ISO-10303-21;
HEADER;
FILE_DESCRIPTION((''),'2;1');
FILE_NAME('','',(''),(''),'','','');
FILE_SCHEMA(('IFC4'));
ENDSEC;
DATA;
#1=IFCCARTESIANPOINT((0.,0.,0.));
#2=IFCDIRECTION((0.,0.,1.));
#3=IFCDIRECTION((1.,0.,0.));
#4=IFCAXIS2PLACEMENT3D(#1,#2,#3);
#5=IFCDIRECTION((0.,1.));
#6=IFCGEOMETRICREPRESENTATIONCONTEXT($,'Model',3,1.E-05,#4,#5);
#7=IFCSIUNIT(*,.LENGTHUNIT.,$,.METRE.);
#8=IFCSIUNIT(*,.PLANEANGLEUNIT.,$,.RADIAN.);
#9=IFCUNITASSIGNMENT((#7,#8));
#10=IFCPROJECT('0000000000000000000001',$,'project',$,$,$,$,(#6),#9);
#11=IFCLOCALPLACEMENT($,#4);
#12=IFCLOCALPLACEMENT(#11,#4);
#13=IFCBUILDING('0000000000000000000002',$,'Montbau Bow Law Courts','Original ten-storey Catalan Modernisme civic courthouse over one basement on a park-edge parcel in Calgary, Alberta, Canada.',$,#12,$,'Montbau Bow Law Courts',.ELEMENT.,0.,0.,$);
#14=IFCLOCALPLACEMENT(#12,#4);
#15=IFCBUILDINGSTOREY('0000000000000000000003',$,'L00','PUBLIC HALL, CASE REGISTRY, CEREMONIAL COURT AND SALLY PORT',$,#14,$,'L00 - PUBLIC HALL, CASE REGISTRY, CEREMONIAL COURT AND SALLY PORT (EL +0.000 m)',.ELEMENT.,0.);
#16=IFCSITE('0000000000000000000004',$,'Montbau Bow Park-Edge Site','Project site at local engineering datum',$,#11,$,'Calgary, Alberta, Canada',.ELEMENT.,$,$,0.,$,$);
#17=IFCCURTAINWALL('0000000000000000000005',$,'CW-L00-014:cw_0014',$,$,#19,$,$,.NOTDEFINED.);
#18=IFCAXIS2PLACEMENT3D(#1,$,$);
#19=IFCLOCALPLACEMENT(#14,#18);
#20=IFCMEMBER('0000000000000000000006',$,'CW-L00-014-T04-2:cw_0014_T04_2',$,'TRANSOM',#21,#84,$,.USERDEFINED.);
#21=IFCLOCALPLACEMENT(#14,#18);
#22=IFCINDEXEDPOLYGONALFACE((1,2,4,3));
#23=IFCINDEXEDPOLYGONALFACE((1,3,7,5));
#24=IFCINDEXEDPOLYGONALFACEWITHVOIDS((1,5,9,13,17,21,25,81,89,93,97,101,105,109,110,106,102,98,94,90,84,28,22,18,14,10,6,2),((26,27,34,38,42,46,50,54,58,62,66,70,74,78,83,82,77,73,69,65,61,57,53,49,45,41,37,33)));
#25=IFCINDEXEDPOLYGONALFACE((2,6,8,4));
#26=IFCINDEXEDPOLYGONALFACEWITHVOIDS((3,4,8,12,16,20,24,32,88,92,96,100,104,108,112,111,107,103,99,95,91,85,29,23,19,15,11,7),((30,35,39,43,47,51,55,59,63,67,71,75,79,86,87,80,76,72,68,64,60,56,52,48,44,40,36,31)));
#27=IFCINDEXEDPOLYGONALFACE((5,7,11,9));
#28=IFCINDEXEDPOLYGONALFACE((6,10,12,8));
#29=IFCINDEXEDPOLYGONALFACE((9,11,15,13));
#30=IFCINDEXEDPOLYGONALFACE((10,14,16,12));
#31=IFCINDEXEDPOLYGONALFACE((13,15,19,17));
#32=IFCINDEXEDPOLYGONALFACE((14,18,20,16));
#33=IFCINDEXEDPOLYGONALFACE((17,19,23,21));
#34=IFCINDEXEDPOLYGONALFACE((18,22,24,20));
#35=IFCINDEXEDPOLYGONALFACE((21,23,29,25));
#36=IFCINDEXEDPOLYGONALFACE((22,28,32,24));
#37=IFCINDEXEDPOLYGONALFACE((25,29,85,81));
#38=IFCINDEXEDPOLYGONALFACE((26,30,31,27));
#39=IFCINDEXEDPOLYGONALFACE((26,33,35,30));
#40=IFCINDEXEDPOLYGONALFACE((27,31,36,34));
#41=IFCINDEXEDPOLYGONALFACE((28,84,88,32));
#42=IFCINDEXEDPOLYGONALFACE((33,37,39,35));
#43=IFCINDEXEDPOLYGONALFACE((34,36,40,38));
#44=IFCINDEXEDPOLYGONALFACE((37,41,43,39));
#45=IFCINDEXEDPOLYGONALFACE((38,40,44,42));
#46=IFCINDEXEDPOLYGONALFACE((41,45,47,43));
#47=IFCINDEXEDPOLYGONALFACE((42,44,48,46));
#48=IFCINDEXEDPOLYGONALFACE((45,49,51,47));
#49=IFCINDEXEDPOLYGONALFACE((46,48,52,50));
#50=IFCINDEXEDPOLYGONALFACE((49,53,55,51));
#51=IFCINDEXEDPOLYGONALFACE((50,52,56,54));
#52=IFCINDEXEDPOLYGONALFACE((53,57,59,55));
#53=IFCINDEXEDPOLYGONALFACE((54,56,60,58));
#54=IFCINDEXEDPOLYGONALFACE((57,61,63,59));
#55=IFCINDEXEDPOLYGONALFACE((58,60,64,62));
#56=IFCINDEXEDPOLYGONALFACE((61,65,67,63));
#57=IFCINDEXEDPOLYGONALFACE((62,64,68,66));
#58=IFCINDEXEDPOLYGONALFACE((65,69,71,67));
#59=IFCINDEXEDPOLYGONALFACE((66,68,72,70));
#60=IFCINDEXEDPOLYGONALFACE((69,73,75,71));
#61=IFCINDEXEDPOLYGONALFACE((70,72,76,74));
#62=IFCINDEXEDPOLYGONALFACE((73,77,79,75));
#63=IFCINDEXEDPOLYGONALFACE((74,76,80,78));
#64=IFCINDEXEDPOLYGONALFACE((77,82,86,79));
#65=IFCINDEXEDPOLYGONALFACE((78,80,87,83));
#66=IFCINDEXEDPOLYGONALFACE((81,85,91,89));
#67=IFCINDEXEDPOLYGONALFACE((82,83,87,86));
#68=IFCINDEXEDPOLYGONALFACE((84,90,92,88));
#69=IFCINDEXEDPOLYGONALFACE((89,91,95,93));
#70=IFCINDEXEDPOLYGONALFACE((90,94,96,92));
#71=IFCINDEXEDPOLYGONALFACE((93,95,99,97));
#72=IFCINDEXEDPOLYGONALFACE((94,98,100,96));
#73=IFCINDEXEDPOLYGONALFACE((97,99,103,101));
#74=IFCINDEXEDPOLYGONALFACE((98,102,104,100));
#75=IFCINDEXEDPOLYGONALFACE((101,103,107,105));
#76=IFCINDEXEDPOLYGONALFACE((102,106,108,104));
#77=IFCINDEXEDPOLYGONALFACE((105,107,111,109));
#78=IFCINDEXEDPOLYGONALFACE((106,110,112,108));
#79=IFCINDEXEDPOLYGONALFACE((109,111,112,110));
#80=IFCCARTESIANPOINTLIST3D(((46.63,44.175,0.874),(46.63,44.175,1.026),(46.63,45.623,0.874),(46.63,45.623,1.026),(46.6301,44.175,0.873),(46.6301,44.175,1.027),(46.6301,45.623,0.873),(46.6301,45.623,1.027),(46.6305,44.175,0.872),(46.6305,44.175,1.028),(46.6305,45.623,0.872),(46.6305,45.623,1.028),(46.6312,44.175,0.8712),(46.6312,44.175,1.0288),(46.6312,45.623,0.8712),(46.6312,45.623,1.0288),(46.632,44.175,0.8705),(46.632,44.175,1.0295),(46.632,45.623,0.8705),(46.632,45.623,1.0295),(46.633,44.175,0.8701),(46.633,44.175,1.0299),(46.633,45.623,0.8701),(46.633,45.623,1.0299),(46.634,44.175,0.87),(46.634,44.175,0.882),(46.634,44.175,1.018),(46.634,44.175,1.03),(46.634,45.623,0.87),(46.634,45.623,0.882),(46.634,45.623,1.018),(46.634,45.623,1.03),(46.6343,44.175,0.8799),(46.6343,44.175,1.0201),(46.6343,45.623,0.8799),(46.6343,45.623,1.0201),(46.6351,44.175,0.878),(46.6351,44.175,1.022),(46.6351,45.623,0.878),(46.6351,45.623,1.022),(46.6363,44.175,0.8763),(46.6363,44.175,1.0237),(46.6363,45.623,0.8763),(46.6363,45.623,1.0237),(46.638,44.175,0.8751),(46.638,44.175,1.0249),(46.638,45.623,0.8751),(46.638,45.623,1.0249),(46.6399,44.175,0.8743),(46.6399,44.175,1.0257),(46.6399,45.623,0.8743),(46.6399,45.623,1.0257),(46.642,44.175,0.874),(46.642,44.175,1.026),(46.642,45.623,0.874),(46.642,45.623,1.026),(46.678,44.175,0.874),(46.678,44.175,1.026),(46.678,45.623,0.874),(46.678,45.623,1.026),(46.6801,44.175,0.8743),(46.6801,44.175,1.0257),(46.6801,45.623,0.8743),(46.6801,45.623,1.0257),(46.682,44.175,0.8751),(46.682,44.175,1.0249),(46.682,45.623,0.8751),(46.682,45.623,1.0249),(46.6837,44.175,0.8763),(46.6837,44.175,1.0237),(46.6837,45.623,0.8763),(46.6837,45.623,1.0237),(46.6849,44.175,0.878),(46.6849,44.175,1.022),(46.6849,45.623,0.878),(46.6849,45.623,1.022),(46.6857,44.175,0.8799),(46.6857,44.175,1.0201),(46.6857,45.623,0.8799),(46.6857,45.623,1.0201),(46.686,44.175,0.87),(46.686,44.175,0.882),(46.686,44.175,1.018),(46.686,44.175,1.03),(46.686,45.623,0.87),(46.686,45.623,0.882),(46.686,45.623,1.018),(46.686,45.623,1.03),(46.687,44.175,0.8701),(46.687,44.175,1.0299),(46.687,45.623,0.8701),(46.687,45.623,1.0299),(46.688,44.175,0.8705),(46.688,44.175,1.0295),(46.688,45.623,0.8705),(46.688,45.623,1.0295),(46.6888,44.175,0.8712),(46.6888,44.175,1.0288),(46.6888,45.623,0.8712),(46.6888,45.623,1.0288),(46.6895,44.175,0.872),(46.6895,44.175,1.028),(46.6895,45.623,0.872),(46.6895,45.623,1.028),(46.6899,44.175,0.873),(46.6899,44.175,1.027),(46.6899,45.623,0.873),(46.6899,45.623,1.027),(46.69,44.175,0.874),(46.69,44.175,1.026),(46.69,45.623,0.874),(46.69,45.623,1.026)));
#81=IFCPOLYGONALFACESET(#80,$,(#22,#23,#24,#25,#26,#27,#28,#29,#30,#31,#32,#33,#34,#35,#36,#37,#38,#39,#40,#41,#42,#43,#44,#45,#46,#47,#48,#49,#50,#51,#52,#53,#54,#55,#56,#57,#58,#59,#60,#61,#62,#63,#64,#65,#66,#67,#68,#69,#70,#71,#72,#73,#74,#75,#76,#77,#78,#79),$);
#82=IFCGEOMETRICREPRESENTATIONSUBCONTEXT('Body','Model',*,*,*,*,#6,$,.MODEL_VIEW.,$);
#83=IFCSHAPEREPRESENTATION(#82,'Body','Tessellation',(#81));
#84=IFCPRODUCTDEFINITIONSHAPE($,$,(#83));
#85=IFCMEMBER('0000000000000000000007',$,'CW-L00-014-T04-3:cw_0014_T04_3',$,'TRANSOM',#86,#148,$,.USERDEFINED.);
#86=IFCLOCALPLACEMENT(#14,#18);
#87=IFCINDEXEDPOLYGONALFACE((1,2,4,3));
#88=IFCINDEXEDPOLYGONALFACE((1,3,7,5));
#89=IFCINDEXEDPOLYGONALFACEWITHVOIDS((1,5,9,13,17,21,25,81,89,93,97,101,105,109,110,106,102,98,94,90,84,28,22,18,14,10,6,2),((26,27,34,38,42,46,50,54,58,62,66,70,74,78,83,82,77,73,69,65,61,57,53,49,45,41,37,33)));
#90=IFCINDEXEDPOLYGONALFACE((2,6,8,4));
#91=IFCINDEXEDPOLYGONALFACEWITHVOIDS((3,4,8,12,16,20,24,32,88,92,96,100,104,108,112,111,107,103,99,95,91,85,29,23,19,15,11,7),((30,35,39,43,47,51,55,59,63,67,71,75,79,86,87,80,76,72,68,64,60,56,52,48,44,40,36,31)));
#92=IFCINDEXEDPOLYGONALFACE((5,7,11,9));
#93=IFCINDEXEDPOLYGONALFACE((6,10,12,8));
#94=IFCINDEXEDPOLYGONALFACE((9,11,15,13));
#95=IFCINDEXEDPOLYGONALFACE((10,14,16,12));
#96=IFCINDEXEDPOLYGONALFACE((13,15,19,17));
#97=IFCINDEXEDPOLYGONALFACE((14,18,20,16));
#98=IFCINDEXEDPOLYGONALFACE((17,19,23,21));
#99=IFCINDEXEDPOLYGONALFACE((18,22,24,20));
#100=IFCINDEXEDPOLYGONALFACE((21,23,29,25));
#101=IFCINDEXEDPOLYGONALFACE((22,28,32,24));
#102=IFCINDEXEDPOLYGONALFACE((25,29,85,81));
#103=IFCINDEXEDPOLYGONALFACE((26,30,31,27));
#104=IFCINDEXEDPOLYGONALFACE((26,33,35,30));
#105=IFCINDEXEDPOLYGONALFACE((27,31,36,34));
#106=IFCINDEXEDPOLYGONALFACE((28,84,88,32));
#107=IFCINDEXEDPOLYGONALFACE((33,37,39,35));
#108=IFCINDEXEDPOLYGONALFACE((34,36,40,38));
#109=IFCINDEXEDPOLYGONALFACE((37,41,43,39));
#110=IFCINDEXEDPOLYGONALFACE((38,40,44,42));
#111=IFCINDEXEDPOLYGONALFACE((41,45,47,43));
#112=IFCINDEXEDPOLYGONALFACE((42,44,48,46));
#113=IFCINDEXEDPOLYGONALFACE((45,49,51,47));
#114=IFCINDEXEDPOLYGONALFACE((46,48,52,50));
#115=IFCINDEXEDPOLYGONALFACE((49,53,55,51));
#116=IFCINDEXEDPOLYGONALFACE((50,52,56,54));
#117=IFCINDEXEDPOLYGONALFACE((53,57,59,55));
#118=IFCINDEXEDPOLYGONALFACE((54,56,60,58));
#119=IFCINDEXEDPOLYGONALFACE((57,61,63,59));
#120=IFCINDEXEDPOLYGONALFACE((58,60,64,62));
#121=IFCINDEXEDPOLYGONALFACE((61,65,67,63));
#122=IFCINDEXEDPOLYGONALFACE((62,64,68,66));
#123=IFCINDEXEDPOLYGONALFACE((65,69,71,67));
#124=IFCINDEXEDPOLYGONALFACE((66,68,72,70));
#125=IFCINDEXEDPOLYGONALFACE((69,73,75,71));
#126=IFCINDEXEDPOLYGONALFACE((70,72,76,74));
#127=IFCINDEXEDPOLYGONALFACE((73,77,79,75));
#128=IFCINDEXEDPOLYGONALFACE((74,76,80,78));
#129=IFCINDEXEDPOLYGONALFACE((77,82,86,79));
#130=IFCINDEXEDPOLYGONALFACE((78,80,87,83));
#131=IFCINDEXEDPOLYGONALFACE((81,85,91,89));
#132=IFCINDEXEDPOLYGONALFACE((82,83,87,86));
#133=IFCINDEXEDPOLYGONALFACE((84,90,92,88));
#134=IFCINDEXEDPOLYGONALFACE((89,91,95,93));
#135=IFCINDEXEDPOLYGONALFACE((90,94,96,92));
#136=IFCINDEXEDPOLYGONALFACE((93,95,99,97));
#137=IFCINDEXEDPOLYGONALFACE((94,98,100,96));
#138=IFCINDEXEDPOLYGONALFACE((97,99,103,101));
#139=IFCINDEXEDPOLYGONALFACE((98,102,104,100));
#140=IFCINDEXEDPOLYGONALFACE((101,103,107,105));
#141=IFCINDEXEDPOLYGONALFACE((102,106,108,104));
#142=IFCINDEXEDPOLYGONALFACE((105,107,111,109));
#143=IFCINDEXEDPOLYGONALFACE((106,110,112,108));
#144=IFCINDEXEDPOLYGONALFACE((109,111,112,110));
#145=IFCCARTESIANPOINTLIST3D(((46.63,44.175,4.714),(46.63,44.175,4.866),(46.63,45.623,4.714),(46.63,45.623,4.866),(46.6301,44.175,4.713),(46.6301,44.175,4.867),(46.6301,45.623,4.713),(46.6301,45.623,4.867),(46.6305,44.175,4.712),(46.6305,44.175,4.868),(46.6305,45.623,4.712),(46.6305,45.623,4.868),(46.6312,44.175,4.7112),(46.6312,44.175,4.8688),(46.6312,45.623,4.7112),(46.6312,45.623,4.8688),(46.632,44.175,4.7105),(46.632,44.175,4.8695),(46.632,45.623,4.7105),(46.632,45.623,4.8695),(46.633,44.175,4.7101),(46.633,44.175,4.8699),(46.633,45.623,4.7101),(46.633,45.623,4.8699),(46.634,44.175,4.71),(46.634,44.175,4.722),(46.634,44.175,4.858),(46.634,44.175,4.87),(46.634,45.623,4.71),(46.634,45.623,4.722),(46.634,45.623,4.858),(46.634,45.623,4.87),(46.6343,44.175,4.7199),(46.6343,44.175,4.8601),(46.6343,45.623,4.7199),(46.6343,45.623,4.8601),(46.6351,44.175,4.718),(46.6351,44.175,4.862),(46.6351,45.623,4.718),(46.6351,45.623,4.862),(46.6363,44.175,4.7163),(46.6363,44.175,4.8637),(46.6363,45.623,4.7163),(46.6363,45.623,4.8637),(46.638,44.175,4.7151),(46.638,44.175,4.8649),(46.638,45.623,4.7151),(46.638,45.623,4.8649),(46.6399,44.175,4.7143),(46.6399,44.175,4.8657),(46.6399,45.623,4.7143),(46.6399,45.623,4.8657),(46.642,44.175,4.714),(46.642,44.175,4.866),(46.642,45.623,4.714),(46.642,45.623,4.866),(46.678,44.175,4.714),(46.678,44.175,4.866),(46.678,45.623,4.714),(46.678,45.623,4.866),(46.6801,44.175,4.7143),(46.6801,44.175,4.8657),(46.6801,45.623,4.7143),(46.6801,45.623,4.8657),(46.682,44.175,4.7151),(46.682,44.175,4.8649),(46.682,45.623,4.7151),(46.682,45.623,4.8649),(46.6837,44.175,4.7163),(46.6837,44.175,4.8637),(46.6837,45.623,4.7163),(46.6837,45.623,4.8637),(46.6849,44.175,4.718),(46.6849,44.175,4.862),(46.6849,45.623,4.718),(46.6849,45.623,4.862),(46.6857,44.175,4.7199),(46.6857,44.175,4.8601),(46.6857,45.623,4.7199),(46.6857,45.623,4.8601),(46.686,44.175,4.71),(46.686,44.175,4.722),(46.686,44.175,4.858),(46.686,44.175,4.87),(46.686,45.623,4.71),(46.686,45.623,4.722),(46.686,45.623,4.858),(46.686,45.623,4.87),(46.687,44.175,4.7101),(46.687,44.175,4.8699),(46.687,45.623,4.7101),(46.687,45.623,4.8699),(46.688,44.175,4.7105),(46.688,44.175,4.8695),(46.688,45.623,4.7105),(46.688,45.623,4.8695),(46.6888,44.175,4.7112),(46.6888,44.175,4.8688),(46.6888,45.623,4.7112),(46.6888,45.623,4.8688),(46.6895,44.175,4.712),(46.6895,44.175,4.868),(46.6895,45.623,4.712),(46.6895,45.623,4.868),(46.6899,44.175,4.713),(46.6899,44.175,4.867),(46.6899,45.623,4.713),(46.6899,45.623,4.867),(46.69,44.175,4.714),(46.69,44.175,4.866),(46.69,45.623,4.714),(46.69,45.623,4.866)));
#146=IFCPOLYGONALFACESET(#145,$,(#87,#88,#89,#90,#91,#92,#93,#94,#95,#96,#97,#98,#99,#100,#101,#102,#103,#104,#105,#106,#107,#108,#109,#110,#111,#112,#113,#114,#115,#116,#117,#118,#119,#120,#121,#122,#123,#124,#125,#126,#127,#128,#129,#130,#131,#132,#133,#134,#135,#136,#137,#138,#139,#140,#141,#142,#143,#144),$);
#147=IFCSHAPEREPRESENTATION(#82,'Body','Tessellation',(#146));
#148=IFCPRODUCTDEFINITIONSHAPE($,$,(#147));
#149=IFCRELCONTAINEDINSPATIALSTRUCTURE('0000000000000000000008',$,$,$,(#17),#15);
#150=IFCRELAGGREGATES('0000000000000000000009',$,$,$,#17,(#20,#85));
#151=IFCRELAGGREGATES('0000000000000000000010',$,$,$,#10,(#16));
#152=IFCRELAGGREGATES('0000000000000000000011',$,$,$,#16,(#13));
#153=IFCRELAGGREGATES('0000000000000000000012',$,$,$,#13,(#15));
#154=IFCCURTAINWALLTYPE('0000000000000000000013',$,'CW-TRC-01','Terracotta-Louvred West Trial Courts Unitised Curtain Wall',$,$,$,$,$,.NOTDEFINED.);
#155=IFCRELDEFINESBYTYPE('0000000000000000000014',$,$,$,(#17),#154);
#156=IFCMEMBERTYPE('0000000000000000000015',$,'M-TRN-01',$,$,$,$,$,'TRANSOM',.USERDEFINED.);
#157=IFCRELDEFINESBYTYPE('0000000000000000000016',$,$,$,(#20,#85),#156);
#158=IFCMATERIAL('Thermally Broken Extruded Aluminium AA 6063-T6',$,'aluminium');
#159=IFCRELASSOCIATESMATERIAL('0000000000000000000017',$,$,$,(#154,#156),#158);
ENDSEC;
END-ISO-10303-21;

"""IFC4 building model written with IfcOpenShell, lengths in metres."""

from ifc_helpers import new_model, si_unit, direction, frame, origin_with_axes, origin_2d_with_axis, place, context, subcontext, project, spatial, hollow_rectangle, extrude, material, material_profile, profile_set, type_object, element, aggregate, save


model = new_model("IFC4")

# Units and contexts
model_context = context("Model", 3, precision=1e-05, world=origin_with_axes(), true_north=direction((0.0, 1.0)))
body_context = subcontext(model_context, "Body", "Model", "MODEL_VIEW")
ifc_project = project(units=[si_unit("LENGTHUNIT", "METRE"), si_unit("PLANEANGLEUNIT", "RADIAN")], contexts=[model_context])

# Site, building, storey
site_placement = place(None, origin_with_axes())
site = spatial("IfcSite", under=ifc_project, at=site_placement, Name="Montbau Bow Park-Edge Site", Description="Project site at local engineering datum", LongName="Calgary, Alberta, Canada", CompositionType="ELEMENT", RefElevation=0.0)
building_placement = place(site_placement, origin_with_axes())
building = spatial("IfcBuilding", under=site, at=building_placement, Name="Montbau Bow Law Courts", Description="Original ten-storey Catalan Modernisme civic courthouse over one basement on a park-edge parcel in Calgary, Alberta, Canada.", LongName="Montbau Bow Law Courts", CompositionType="ELEMENT", ElevationOfRefHeight=0.0, ElevationOfTerrain=0.0)
storey_placement = place(building_placement, origin_with_axes())
storey = spatial("IfcBuildingStorey", under=building, at=storey_placement, Name="L00", Description="PUBLIC HALL, CASE REGISTRY, CEREMONIAL COURT AND SALLY PORT", LongName="L00 - PUBLIC HALL, CASE REGISTRY, CEREMONIAL COURT AND SALLY PORT (EL +0.000 m)", CompositionType="ELEMENT", Elevation=0.0)

# Curtain wall, members
ifc_material_1 = material(Name="Thermally Broken Extruded Aluminium AA 6063-T6", Category="aluminium")
curtain_wall_type_1 = type_object("IfcCurtainWallType", Name="CW-TRC-01", Description="Terracotta-Louvred West Trial Courts Unitised Curtain Wall", PredefinedType="NOTDEFINED", material=ifc_material_1)
curtain_wall_1_placement = place(None, frame((46.66, 39.515, 0.0), z_axis=(0.0, 0.0, 1.0), x_axis=(1.0, 0.0, 0.0)))
curtain_wall_1 = element("IfcCurtainWall", 1, at=curtain_wall_1_placement, inside=storey, type_object=curtain_wall_type_1, Name="CW-L00-014:cw_0014", PredefinedType="NOTDEFINED")
ifc_material_profile_1 = material_profile(ifc_material_1, hollow_rectangle(XDim=0.06, YDim=0.16, WallThickness=0.004, InnerFilletRadius=0.008, OuterFilletRadius=0.004, at=origin_2d_with_axis()), Name="CWT-160X60", Category="Main", Priority=0)
ifc_profile_set_1 = profile_set([ifc_material_profile_1], Name="Thermally Broken Extruded Aluminium AA 6063-T6")
member_type_1 = type_object("IfcMemberType", Name="M-TRN-01", ElementType="TRANSOM", PredefinedType="USERDEFINED", material=ifc_profile_set_1)
member_1_placement = place(None, frame((46.66, 44.175, 0.95), z_axis=(0.0, 1.0, 0.0), x_axis=(-1.0, 0.0, 0.0)))
member_1 = element("IfcMember", 2, at=member_1_placement, type_object=member_type_1, Name="CW-L00-014-T04-2:cw_0014_T04_2", ObjectType="TRANSOM", PredefinedType="USERDEFINED", context=body_context, shape_type="SweptSolid", body=[
    extrude(hollow_rectangle(XDim=0.06, YDim=0.16, WallThickness=0.004, InnerFilletRadius=0.008, OuterFilletRadius=0.004, at=origin_2d_with_axis()), origin_with_axes(), (0.0, 0.0, 1.0), 1.448),
])
member_2_placement = place(None, frame((46.66, 44.175, 4.79), z_axis=(0.0, 1.0, 0.0), x_axis=(-1.0, 0.0, 0.0)))
member_2 = element("IfcMember", 3, at=member_2_placement, type_object=member_type_1, Name="CW-L00-014-T04-3:cw_0014_T04_3", ObjectType="TRANSOM", PredefinedType="USERDEFINED", context=body_context, shape_type="SweptSolid", body=[
    extrude(hollow_rectangle(XDim=0.06, YDim=0.16, WallThickness=0.004, InnerFilletRadius=0.008, OuterFilletRadius=0.004, at=origin_2d_with_axis()), origin_with_axes(), (0.0, 0.0, 1.0), 1.448),
])

aggregate(curtain_wall_1, [member_1, member_2])

save(model, "model.ifc")
